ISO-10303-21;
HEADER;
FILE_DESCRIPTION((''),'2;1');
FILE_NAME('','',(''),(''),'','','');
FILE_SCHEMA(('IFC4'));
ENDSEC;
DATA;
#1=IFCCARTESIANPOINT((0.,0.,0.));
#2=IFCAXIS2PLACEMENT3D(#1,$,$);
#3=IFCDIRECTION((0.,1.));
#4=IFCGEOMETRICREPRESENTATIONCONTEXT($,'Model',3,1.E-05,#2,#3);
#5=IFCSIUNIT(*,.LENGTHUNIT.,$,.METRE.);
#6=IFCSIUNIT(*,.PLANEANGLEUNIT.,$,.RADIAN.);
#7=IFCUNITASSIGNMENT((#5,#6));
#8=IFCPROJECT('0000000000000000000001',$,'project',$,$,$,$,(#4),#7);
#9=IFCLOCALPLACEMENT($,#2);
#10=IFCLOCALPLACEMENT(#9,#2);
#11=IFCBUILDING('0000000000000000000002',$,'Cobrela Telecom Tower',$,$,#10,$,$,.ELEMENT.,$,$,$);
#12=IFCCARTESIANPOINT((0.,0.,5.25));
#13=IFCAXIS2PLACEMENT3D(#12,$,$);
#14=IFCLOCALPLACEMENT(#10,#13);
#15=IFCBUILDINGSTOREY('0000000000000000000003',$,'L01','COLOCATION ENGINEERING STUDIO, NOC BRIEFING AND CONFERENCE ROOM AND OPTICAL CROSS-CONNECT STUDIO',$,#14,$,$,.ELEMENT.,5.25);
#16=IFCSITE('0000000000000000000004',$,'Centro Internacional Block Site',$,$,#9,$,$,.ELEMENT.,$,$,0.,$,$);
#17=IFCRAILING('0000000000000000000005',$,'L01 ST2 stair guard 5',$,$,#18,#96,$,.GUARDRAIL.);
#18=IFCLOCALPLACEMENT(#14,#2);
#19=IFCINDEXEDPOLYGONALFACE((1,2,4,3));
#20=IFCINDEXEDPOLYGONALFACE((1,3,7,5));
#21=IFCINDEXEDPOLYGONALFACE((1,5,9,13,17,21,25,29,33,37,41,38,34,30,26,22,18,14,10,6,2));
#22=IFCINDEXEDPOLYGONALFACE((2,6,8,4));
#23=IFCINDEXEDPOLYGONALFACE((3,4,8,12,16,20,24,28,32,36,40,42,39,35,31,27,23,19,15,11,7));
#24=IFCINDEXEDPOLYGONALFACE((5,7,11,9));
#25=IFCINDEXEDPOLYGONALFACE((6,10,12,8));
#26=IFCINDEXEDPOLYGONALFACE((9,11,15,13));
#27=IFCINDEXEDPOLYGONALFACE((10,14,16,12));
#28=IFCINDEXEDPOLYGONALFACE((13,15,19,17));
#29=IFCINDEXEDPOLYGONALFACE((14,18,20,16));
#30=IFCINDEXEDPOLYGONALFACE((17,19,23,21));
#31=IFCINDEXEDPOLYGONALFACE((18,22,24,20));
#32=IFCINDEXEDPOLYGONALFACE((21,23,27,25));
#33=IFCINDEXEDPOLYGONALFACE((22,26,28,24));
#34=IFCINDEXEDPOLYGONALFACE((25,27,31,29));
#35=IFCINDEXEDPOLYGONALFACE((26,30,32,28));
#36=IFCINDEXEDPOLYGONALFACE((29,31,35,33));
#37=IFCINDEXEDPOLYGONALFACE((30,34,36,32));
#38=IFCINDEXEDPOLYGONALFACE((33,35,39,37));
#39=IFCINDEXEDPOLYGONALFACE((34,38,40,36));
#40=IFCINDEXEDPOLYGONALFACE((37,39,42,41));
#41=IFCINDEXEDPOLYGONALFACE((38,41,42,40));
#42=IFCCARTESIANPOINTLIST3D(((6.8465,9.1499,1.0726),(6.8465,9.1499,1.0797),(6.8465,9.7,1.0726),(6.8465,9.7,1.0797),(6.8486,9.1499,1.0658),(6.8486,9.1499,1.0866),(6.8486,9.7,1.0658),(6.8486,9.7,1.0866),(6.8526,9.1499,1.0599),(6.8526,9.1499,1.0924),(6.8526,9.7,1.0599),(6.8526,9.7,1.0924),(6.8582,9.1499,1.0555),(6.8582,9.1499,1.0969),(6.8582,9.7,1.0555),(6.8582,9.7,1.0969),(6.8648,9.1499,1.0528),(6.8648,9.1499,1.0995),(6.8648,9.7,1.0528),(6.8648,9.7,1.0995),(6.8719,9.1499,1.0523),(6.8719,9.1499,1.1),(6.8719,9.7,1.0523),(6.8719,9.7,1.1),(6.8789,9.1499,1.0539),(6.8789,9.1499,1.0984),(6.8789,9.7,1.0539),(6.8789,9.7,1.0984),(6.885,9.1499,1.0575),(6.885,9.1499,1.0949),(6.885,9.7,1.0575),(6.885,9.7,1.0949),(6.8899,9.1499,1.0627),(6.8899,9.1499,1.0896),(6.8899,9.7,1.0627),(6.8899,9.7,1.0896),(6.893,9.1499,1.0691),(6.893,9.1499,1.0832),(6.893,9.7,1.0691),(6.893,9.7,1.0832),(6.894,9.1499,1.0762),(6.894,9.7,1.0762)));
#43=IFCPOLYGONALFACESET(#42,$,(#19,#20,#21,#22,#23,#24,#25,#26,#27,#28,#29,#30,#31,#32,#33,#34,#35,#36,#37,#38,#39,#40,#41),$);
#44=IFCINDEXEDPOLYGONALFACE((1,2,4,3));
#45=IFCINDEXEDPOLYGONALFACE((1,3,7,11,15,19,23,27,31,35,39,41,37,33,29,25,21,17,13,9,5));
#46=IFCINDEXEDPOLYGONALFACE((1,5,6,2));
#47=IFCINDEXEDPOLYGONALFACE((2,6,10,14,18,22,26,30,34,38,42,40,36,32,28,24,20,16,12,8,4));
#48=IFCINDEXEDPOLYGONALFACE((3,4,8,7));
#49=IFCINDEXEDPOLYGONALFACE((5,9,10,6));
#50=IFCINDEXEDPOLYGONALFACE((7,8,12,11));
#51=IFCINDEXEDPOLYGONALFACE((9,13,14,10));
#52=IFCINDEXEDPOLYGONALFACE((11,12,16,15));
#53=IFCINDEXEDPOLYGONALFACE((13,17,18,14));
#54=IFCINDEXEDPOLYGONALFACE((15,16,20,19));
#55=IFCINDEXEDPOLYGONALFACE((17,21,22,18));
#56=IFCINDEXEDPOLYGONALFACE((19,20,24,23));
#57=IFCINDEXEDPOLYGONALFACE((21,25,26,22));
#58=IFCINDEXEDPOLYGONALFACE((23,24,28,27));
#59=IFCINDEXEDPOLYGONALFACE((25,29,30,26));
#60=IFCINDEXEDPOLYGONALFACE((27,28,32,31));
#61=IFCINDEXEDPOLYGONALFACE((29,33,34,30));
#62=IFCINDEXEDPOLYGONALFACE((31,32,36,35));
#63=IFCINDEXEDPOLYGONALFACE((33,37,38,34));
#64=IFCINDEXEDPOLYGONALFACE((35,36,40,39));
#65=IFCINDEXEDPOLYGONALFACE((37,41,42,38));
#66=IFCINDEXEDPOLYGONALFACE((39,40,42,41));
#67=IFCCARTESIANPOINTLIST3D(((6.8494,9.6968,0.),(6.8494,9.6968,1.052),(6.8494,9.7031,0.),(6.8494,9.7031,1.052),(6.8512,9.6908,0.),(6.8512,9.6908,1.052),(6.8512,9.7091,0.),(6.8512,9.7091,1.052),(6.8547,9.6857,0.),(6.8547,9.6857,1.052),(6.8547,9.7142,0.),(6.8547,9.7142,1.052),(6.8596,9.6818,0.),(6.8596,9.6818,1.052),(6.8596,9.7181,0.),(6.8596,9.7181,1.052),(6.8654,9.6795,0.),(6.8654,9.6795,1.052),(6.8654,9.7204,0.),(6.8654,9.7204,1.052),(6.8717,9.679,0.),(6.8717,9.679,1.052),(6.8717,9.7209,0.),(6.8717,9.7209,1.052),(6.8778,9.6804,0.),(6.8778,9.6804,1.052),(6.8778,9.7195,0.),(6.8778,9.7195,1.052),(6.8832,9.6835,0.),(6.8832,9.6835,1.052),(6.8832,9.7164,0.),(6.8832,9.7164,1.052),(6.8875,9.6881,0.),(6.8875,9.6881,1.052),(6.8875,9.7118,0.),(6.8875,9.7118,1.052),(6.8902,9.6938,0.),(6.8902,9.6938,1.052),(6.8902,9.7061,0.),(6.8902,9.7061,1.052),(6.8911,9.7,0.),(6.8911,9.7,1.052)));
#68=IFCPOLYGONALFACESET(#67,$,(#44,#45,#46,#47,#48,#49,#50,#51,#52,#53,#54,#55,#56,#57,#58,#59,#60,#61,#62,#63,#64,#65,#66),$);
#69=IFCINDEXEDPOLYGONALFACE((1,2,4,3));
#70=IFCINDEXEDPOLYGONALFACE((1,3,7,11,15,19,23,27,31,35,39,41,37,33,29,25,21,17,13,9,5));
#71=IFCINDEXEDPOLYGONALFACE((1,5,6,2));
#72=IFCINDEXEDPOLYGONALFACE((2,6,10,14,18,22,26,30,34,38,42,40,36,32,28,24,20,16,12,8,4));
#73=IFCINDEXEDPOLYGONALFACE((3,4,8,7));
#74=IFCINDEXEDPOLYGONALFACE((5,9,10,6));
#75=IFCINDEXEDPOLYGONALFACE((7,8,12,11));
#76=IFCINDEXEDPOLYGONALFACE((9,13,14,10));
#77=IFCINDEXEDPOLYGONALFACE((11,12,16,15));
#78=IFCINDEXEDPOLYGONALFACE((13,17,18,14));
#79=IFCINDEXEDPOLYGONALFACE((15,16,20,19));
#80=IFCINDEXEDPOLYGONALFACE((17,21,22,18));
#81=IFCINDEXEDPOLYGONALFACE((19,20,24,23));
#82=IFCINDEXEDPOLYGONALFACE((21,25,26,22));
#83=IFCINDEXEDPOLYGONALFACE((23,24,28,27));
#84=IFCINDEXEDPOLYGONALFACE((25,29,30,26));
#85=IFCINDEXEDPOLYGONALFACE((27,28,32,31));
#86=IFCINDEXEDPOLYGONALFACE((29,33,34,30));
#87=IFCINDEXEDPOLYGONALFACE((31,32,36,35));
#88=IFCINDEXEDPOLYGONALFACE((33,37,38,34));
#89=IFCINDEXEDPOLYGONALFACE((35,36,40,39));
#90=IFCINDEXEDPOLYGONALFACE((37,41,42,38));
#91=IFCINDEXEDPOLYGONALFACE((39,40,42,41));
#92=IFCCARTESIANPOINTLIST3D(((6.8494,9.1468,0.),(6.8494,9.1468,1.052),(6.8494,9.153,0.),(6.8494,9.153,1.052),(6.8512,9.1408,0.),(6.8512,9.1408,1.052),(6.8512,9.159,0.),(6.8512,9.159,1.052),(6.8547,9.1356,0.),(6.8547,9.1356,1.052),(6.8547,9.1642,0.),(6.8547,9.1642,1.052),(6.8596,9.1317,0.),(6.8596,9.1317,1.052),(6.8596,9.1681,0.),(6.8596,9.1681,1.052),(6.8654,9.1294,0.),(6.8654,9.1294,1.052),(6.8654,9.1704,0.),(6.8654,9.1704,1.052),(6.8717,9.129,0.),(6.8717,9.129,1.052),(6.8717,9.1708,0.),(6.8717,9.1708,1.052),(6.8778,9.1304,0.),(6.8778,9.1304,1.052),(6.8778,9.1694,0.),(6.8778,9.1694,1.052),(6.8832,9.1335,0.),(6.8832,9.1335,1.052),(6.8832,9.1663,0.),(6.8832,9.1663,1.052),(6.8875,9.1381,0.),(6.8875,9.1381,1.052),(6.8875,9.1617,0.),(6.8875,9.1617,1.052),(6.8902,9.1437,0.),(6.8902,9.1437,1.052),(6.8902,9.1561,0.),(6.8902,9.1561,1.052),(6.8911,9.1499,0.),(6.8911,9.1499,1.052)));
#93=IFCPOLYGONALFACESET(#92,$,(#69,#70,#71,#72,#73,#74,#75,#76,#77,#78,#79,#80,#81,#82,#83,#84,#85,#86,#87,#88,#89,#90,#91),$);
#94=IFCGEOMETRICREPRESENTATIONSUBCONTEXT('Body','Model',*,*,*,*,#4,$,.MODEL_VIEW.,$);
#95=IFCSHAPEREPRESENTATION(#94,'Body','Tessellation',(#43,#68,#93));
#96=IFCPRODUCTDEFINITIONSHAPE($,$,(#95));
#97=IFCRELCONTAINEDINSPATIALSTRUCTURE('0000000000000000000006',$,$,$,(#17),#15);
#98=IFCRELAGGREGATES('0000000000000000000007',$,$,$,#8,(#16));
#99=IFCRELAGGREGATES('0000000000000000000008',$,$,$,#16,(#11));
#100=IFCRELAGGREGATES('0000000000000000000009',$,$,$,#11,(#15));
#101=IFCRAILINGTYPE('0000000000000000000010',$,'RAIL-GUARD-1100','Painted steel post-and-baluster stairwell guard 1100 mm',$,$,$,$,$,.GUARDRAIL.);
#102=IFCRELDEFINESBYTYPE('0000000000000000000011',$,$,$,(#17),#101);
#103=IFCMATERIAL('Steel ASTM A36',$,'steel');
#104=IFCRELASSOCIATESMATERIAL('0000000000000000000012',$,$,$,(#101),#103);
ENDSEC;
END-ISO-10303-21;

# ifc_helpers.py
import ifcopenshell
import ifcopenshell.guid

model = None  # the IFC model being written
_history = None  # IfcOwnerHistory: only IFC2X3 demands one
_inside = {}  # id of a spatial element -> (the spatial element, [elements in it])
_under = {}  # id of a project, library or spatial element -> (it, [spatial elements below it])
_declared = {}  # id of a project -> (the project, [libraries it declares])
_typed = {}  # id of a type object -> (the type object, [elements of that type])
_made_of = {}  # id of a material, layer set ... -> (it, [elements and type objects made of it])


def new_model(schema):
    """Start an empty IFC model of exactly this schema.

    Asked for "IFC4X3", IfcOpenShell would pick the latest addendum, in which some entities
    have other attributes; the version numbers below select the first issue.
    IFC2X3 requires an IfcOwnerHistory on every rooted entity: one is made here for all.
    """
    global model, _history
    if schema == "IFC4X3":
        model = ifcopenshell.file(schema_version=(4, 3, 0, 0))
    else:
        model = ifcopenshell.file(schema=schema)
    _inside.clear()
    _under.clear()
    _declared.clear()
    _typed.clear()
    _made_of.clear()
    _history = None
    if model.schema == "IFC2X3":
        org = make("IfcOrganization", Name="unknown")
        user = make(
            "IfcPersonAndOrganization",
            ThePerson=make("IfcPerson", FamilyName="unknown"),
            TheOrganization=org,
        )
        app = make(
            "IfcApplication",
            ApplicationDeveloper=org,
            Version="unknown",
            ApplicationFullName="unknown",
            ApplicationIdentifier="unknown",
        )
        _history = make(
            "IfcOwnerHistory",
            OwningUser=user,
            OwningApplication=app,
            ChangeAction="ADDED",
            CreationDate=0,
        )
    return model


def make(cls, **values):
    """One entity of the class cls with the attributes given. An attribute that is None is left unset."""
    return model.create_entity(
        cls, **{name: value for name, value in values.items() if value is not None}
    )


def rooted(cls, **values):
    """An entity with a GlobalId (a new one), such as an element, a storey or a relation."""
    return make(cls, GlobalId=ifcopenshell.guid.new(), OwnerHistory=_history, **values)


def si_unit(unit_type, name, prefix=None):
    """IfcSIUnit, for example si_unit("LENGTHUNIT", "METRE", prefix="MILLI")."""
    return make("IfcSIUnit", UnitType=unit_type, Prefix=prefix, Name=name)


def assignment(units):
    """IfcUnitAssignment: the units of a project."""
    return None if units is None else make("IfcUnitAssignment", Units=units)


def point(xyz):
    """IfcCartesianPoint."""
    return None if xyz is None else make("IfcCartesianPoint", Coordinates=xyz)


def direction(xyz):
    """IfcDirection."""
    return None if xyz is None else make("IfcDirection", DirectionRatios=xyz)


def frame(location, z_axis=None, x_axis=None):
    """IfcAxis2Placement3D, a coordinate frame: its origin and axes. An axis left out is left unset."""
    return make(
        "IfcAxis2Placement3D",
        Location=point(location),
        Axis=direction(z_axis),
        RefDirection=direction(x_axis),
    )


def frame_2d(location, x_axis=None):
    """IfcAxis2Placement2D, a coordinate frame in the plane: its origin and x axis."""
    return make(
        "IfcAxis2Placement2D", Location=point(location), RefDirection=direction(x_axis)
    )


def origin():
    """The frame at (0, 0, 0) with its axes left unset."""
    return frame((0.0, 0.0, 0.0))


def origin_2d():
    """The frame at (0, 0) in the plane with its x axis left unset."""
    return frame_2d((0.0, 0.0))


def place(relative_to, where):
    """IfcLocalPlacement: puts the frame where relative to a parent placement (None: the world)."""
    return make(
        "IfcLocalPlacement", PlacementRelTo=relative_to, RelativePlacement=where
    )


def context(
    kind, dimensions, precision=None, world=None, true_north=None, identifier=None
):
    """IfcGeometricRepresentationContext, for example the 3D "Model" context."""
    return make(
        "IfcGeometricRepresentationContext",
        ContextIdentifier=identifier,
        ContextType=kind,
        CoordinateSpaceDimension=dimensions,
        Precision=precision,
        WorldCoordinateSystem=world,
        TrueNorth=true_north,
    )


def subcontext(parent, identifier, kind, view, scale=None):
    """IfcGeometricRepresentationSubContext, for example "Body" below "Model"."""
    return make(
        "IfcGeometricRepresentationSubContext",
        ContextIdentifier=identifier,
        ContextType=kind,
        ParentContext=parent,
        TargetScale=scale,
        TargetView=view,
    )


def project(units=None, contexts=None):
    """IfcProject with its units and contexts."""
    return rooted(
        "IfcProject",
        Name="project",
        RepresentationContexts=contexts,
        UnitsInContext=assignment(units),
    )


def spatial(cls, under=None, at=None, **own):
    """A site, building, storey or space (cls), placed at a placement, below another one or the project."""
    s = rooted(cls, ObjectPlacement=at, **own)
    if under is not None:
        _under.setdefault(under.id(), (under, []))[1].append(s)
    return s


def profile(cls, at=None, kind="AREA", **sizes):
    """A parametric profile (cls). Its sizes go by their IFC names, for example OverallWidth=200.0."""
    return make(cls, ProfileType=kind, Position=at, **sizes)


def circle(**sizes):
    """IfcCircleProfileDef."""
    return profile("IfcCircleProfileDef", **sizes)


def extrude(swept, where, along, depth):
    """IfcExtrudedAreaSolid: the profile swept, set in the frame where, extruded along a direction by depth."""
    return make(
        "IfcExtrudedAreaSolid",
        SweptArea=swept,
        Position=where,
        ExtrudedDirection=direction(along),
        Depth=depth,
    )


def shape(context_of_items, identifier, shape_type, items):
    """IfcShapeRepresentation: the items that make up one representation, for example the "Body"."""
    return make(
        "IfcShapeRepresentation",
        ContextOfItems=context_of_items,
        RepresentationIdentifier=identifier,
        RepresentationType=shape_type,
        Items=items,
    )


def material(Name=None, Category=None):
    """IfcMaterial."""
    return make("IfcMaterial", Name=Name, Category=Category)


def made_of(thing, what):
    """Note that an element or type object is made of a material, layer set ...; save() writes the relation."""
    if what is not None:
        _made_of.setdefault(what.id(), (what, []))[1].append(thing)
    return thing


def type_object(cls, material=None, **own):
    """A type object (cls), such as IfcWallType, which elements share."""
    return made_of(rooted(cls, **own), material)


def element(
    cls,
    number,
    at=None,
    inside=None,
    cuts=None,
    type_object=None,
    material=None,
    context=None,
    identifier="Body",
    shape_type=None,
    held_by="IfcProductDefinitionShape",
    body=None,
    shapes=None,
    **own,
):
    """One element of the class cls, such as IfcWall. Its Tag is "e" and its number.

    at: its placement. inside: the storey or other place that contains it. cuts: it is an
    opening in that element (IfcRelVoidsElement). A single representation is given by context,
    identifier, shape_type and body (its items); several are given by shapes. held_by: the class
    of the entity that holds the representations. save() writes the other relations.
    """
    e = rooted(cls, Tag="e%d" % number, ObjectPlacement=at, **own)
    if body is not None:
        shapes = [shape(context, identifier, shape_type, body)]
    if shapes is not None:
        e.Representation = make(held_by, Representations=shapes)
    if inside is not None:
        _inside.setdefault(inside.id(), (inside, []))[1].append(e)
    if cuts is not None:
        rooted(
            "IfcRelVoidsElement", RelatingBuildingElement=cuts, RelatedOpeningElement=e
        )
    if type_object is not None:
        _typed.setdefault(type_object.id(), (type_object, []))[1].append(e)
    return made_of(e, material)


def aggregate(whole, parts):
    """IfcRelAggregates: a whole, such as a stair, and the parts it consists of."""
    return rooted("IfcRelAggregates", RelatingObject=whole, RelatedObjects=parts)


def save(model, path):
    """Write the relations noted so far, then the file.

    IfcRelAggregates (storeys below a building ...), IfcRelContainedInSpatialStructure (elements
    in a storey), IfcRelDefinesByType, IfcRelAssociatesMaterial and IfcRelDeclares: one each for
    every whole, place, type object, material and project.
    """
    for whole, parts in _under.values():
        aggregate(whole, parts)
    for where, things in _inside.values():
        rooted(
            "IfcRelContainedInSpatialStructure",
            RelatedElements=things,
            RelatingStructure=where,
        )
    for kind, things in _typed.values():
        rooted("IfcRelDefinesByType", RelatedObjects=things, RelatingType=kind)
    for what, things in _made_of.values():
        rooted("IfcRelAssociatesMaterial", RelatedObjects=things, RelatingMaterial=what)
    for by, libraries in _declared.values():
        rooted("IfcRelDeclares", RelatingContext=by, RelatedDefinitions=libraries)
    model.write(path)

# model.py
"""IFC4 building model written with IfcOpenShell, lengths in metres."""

from ifc_helpers import new_model, si_unit, direction, frame, origin, origin_2d, place, context, subcontext, project, spatial, circle, extrude, material, type_object, element, save


model = new_model("IFC4")

# Units and contexts
model_context = context("Model", 3, precision=1e-05, world=origin(), true_north=direction((0.0, 1.0)))
body_context = subcontext(model_context, "Body", "Model", "MODEL_VIEW")
ifc_project = project(units=[si_unit("LENGTHUNIT", "METRE"), si_unit("PLANEANGLEUNIT", "RADIAN")], contexts=[model_context])

# Site, building, storey
site_placement = place(None, origin())
site = spatial("IfcSite", under=ifc_project, at=site_placement, Name="Centro Internacional Block Site", CompositionType="ELEMENT", RefElevation=0.0)
building_placement = place(site_placement, origin())
building = spatial("IfcBuilding", under=site, at=building_placement, Name="Cobrela Telecom Tower", CompositionType="ELEMENT")
storey_placement = place(building_placement, frame((0.0, 0.0, 5.25)))
storey = spatial("IfcBuildingStorey", under=building, at=storey_placement, Name="L01", Description="COLOCATION ENGINEERING STUDIO, NOC BRIEFING AND CONFERENCE ROOM AND OPTICAL CROSS-CONNECT STUDIO", CompositionType="ELEMENT", Elevation=5.25)

# Railing
ifc_material_1 = material(Name="Steel ASTM A36", Category="steel")
railing_type_1 = type_object("IfcRailingType", Name="RAIL-GUARD-1100", Description="Painted steel post-and-baluster stairwell guard 1100 mm", PredefinedType="GUARDRAIL", material=ifc_material_1)
railing_1_placement = place(storey_placement, frame((6.8701, 9.7, 0.0)))
element("IfcRailing", 1, at=railing_1_placement, inside=storey, type_object=railing_type_1, Name="L01 ST2 stair guard 5", PredefinedType="GUARDRAIL", context=body_context, shape_type="SweptSolid", body=[
    extrude(circle(Radius=0.0239, at=origin_2d()), frame((0.0, 0.0, 1.0762), z_axis=(0.0, -1.0, 0.0), x_axis=(1.0, 0.0, 0.0)), (0.0, 0.0, 1.0), 0.55),
    extrude(circle(Radius=0.021, at=origin_2d()), origin(), (0.0, 0.0, 1.0), 1.052),
    extrude(circle(Radius=0.021, at=origin_2d()), frame((0.0, -0.55, 0.0)), (0.0, 0.0, 1.0), 1.052),
])

save(model, "model.ifc")
